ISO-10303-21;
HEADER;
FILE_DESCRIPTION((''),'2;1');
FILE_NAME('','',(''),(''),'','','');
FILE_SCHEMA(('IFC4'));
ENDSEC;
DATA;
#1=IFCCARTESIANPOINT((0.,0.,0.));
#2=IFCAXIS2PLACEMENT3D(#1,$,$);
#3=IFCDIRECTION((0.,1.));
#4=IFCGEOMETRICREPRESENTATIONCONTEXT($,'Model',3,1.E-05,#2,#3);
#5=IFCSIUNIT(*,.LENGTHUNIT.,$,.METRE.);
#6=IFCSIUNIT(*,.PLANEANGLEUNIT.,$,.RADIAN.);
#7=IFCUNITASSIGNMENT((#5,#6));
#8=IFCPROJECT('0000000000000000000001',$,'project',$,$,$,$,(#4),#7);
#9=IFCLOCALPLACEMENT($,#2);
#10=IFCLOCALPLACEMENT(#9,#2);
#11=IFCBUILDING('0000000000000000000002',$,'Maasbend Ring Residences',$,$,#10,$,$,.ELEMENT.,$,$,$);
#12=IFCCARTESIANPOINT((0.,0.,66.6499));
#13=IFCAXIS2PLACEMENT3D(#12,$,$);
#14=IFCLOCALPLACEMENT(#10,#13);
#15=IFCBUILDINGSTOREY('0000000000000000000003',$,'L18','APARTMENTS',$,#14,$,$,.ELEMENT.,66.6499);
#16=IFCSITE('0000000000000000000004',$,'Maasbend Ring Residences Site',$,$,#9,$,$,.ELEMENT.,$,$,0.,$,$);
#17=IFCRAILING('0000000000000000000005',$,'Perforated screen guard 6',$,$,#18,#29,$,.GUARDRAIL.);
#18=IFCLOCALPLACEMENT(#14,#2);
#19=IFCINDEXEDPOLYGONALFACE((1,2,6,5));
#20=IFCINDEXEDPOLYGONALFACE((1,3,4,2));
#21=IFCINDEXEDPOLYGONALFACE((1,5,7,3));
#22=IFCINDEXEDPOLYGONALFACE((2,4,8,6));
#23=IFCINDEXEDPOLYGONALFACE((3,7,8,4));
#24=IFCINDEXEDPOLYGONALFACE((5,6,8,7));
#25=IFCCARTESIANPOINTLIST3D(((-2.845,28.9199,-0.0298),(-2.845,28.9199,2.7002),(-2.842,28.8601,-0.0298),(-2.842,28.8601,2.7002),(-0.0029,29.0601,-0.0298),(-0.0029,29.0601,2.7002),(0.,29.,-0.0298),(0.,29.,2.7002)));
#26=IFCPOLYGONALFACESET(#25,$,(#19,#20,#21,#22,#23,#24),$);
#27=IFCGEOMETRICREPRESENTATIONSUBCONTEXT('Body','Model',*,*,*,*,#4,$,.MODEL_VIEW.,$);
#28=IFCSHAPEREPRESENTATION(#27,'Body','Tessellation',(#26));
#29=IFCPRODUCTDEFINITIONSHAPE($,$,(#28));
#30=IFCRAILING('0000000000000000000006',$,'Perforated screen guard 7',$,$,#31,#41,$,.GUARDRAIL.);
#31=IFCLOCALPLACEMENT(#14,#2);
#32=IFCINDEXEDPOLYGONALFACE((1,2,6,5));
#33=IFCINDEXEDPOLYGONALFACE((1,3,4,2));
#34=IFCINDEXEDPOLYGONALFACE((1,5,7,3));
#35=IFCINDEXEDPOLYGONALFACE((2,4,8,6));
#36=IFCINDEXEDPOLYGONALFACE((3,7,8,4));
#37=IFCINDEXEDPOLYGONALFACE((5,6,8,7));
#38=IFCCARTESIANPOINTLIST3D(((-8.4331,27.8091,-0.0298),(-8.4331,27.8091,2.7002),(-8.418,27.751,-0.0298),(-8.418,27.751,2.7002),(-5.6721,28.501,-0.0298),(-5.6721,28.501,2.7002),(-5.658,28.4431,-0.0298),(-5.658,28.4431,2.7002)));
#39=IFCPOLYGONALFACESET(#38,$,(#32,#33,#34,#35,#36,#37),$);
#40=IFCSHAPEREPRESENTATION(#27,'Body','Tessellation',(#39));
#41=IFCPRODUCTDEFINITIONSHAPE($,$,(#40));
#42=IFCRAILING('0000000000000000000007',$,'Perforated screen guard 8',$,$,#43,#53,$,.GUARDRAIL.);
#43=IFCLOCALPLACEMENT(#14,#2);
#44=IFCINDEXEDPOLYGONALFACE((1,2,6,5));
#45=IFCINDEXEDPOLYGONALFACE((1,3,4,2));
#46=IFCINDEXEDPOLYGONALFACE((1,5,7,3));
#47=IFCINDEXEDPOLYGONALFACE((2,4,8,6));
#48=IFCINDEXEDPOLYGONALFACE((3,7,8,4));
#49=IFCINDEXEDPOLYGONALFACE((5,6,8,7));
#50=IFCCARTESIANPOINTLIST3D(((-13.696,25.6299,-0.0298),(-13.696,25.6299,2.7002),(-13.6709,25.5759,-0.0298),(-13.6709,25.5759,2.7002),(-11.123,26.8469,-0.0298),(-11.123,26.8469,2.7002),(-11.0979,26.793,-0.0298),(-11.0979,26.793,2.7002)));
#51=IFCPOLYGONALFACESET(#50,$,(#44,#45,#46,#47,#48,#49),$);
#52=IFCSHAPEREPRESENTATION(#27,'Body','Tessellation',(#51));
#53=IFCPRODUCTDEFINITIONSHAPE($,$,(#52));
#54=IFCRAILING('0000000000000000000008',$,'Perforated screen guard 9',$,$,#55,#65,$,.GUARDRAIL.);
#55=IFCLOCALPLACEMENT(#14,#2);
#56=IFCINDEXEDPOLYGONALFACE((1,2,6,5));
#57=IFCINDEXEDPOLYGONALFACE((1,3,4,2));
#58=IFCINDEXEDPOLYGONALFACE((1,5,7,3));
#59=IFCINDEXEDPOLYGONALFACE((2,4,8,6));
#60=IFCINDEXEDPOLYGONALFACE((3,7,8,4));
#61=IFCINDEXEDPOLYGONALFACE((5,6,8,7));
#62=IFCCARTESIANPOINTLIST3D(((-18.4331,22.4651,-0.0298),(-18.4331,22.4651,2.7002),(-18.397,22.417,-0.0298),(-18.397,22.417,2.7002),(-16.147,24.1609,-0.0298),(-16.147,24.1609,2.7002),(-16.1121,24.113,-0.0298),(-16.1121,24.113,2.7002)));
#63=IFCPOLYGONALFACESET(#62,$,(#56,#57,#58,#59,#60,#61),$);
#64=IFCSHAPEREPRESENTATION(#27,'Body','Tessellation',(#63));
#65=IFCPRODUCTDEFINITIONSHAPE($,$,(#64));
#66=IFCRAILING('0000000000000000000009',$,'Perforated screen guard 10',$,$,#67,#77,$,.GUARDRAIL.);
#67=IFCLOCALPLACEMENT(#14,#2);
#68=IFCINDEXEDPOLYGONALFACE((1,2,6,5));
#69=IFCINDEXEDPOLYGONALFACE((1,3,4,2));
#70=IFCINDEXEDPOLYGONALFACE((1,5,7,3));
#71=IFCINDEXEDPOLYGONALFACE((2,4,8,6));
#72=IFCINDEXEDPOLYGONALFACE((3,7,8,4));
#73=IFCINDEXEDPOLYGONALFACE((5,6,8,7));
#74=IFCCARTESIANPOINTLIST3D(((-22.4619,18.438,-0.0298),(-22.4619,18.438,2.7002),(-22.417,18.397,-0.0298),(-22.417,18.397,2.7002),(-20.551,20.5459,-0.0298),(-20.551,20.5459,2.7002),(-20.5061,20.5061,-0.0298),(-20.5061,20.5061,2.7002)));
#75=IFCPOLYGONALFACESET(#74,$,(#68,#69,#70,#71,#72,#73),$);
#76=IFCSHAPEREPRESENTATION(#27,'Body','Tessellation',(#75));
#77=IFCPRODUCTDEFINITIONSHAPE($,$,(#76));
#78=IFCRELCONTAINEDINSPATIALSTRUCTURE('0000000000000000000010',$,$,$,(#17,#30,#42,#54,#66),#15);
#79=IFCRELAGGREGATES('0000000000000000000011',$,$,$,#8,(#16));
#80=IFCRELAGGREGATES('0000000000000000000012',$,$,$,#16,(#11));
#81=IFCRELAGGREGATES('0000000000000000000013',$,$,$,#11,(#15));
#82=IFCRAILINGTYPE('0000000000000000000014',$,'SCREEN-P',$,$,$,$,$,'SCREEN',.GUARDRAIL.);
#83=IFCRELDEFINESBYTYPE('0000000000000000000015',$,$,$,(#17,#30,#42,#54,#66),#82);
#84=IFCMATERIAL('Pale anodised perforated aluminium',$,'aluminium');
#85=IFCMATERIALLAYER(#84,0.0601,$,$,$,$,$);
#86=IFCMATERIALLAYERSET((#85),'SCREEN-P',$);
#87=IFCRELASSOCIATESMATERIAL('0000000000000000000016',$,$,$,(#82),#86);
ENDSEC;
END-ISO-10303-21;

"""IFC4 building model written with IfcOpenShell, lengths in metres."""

from ifc_helpers import new_model, si_unit, direction, frame, origin, place, context, subcontext, project, spatial, polyline, outline, extrude, material, layer, layer_set, type_object, element, save


model = new_model("IFC4")

# Units and contexts
model_context = context("Model", 3, precision=1e-05, world=origin(), true_north=direction((0.0, 1.0)))
body_context = subcontext(model_context, "Body", "Model", "MODEL_VIEW")
ifc_project = project(units=[si_unit("LENGTHUNIT", "METRE"), si_unit("PLANEANGLEUNIT", "RADIAN")], contexts=[model_context])

# Site, building, storey
site_placement = place(None, origin())
site = spatial("IfcSite", under=ifc_project, at=site_placement, Name="Maasbend Ring Residences Site", CompositionType="ELEMENT", RefElevation=0.0)
building_placement = place(site_placement, origin())
building = spatial("IfcBuilding", under=site, at=building_placement, Name="Maasbend Ring Residences", CompositionType="ELEMENT")
storey_placement = place(building_placement, frame((0.0, 0.0, 66.6499)))
storey = spatial("IfcBuildingStorey", under=building, at=storey_placement, Name="L18", Description="APARTMENTS", CompositionType="ELEMENT", Elevation=66.6499)

# Railings
ifc_material_1 = material(Name="Pale anodised perforated aluminium", Category="aluminium")
ifc_layer_1 = layer(ifc_material_1, 0.0601)
ifc_layer_set_1 = layer_set([ifc_layer_1], Name="SCREEN-P")
railing_type = type_object("IfcRailingType", Name="SCREEN-P", ElementType="SCREEN", PredefinedType="GUARDRAIL", material=ifc_layer_set_1)
railing_1_placement = place(storey_placement, frame((0.0, 0.0, -0.0298)))
element("IfcRailing", 1, at=railing_1_placement, inside=storey, type_object=railing_type, Name="Perforated screen guard 6", PredefinedType="GUARDRAIL", context=body_context, shape_type="SweptSolid", body=[
    extrude(outline(polyline([(0.0, 29.0), (-2.842, 28.8601), (-2.845, 28.9199), (-0.0029, 29.0601), (0.0, 29.0)])), origin(), (0.0, 0.0, 1.0), 2.73),
])
railing_2_placement = place(storey_placement, frame((0.0, 0.0, -0.0298)))
element("IfcRailing", 2, at=railing_2_placement, inside=storey, type_object=railing_type, Name="Perforated screen guard 7", PredefinedType="GUARDRAIL", context=body_context, shape_type="SweptSolid", body=[
    extrude(outline(polyline([(-5.658, 28.4431), (-8.418, 27.751), (-8.4331, 27.8091), (-5.6721, 28.501), (-5.658, 28.4431)])), origin(), (0.0, 0.0, 1.0), 2.73),
])
railing_3_placement = place(storey_placement, frame((0.0, 0.0, -0.0298)))
element("IfcRailing", 3, at=railing_3_placement, inside=storey, type_object=railing_type, Name="Perforated screen guard 8", PredefinedType="GUARDRAIL", context=body_context, shape_type="SweptSolid", body=[
    extrude(outline(polyline([(-11.0979, 26.793), (-13.6709, 25.5759), (-13.696, 25.6299), (-11.123, 26.8469), (-11.0979, 26.793)])), origin(), (0.0, 0.0, 1.0), 2.73),
])
railing_4_placement = place(storey_placement, frame((0.0, 0.0, -0.0298)))
element("IfcRailing", 4, at=railing_4_placement, inside=storey, type_object=railing_type, Name="Perforated screen guard 9", PredefinedType="GUARDRAIL", context=body_context, shape_type="SweptSolid", body=[
    extrude(outline(polyline([(-16.1121, 24.113), (-18.397, 22.417), (-18.4331, 22.4651), (-16.147, 24.1609), (-16.1121, 24.113)])), origin(), (0.0, 0.0, 1.0), 2.73),
])
railing_5_placement = place(storey_placement, frame((0.0, 0.0, -0.0298)))
element("IfcRailing", 5, at=railing_5_placement, inside=storey, type_object=railing_type, Name="Perforated screen guard 10", PredefinedType="GUARDRAIL", context=body_context, shape_type="SweptSolid", body=[
    extrude(outline(polyline([(-20.5061, 20.5061), (-22.417, 18.397), (-22.4619, 18.438), (-20.551, 20.5459), (-20.5061, 20.5061)])), origin(), (0.0, 0.0, 1.0), 2.73),
])

save(model, "model.ifc")
